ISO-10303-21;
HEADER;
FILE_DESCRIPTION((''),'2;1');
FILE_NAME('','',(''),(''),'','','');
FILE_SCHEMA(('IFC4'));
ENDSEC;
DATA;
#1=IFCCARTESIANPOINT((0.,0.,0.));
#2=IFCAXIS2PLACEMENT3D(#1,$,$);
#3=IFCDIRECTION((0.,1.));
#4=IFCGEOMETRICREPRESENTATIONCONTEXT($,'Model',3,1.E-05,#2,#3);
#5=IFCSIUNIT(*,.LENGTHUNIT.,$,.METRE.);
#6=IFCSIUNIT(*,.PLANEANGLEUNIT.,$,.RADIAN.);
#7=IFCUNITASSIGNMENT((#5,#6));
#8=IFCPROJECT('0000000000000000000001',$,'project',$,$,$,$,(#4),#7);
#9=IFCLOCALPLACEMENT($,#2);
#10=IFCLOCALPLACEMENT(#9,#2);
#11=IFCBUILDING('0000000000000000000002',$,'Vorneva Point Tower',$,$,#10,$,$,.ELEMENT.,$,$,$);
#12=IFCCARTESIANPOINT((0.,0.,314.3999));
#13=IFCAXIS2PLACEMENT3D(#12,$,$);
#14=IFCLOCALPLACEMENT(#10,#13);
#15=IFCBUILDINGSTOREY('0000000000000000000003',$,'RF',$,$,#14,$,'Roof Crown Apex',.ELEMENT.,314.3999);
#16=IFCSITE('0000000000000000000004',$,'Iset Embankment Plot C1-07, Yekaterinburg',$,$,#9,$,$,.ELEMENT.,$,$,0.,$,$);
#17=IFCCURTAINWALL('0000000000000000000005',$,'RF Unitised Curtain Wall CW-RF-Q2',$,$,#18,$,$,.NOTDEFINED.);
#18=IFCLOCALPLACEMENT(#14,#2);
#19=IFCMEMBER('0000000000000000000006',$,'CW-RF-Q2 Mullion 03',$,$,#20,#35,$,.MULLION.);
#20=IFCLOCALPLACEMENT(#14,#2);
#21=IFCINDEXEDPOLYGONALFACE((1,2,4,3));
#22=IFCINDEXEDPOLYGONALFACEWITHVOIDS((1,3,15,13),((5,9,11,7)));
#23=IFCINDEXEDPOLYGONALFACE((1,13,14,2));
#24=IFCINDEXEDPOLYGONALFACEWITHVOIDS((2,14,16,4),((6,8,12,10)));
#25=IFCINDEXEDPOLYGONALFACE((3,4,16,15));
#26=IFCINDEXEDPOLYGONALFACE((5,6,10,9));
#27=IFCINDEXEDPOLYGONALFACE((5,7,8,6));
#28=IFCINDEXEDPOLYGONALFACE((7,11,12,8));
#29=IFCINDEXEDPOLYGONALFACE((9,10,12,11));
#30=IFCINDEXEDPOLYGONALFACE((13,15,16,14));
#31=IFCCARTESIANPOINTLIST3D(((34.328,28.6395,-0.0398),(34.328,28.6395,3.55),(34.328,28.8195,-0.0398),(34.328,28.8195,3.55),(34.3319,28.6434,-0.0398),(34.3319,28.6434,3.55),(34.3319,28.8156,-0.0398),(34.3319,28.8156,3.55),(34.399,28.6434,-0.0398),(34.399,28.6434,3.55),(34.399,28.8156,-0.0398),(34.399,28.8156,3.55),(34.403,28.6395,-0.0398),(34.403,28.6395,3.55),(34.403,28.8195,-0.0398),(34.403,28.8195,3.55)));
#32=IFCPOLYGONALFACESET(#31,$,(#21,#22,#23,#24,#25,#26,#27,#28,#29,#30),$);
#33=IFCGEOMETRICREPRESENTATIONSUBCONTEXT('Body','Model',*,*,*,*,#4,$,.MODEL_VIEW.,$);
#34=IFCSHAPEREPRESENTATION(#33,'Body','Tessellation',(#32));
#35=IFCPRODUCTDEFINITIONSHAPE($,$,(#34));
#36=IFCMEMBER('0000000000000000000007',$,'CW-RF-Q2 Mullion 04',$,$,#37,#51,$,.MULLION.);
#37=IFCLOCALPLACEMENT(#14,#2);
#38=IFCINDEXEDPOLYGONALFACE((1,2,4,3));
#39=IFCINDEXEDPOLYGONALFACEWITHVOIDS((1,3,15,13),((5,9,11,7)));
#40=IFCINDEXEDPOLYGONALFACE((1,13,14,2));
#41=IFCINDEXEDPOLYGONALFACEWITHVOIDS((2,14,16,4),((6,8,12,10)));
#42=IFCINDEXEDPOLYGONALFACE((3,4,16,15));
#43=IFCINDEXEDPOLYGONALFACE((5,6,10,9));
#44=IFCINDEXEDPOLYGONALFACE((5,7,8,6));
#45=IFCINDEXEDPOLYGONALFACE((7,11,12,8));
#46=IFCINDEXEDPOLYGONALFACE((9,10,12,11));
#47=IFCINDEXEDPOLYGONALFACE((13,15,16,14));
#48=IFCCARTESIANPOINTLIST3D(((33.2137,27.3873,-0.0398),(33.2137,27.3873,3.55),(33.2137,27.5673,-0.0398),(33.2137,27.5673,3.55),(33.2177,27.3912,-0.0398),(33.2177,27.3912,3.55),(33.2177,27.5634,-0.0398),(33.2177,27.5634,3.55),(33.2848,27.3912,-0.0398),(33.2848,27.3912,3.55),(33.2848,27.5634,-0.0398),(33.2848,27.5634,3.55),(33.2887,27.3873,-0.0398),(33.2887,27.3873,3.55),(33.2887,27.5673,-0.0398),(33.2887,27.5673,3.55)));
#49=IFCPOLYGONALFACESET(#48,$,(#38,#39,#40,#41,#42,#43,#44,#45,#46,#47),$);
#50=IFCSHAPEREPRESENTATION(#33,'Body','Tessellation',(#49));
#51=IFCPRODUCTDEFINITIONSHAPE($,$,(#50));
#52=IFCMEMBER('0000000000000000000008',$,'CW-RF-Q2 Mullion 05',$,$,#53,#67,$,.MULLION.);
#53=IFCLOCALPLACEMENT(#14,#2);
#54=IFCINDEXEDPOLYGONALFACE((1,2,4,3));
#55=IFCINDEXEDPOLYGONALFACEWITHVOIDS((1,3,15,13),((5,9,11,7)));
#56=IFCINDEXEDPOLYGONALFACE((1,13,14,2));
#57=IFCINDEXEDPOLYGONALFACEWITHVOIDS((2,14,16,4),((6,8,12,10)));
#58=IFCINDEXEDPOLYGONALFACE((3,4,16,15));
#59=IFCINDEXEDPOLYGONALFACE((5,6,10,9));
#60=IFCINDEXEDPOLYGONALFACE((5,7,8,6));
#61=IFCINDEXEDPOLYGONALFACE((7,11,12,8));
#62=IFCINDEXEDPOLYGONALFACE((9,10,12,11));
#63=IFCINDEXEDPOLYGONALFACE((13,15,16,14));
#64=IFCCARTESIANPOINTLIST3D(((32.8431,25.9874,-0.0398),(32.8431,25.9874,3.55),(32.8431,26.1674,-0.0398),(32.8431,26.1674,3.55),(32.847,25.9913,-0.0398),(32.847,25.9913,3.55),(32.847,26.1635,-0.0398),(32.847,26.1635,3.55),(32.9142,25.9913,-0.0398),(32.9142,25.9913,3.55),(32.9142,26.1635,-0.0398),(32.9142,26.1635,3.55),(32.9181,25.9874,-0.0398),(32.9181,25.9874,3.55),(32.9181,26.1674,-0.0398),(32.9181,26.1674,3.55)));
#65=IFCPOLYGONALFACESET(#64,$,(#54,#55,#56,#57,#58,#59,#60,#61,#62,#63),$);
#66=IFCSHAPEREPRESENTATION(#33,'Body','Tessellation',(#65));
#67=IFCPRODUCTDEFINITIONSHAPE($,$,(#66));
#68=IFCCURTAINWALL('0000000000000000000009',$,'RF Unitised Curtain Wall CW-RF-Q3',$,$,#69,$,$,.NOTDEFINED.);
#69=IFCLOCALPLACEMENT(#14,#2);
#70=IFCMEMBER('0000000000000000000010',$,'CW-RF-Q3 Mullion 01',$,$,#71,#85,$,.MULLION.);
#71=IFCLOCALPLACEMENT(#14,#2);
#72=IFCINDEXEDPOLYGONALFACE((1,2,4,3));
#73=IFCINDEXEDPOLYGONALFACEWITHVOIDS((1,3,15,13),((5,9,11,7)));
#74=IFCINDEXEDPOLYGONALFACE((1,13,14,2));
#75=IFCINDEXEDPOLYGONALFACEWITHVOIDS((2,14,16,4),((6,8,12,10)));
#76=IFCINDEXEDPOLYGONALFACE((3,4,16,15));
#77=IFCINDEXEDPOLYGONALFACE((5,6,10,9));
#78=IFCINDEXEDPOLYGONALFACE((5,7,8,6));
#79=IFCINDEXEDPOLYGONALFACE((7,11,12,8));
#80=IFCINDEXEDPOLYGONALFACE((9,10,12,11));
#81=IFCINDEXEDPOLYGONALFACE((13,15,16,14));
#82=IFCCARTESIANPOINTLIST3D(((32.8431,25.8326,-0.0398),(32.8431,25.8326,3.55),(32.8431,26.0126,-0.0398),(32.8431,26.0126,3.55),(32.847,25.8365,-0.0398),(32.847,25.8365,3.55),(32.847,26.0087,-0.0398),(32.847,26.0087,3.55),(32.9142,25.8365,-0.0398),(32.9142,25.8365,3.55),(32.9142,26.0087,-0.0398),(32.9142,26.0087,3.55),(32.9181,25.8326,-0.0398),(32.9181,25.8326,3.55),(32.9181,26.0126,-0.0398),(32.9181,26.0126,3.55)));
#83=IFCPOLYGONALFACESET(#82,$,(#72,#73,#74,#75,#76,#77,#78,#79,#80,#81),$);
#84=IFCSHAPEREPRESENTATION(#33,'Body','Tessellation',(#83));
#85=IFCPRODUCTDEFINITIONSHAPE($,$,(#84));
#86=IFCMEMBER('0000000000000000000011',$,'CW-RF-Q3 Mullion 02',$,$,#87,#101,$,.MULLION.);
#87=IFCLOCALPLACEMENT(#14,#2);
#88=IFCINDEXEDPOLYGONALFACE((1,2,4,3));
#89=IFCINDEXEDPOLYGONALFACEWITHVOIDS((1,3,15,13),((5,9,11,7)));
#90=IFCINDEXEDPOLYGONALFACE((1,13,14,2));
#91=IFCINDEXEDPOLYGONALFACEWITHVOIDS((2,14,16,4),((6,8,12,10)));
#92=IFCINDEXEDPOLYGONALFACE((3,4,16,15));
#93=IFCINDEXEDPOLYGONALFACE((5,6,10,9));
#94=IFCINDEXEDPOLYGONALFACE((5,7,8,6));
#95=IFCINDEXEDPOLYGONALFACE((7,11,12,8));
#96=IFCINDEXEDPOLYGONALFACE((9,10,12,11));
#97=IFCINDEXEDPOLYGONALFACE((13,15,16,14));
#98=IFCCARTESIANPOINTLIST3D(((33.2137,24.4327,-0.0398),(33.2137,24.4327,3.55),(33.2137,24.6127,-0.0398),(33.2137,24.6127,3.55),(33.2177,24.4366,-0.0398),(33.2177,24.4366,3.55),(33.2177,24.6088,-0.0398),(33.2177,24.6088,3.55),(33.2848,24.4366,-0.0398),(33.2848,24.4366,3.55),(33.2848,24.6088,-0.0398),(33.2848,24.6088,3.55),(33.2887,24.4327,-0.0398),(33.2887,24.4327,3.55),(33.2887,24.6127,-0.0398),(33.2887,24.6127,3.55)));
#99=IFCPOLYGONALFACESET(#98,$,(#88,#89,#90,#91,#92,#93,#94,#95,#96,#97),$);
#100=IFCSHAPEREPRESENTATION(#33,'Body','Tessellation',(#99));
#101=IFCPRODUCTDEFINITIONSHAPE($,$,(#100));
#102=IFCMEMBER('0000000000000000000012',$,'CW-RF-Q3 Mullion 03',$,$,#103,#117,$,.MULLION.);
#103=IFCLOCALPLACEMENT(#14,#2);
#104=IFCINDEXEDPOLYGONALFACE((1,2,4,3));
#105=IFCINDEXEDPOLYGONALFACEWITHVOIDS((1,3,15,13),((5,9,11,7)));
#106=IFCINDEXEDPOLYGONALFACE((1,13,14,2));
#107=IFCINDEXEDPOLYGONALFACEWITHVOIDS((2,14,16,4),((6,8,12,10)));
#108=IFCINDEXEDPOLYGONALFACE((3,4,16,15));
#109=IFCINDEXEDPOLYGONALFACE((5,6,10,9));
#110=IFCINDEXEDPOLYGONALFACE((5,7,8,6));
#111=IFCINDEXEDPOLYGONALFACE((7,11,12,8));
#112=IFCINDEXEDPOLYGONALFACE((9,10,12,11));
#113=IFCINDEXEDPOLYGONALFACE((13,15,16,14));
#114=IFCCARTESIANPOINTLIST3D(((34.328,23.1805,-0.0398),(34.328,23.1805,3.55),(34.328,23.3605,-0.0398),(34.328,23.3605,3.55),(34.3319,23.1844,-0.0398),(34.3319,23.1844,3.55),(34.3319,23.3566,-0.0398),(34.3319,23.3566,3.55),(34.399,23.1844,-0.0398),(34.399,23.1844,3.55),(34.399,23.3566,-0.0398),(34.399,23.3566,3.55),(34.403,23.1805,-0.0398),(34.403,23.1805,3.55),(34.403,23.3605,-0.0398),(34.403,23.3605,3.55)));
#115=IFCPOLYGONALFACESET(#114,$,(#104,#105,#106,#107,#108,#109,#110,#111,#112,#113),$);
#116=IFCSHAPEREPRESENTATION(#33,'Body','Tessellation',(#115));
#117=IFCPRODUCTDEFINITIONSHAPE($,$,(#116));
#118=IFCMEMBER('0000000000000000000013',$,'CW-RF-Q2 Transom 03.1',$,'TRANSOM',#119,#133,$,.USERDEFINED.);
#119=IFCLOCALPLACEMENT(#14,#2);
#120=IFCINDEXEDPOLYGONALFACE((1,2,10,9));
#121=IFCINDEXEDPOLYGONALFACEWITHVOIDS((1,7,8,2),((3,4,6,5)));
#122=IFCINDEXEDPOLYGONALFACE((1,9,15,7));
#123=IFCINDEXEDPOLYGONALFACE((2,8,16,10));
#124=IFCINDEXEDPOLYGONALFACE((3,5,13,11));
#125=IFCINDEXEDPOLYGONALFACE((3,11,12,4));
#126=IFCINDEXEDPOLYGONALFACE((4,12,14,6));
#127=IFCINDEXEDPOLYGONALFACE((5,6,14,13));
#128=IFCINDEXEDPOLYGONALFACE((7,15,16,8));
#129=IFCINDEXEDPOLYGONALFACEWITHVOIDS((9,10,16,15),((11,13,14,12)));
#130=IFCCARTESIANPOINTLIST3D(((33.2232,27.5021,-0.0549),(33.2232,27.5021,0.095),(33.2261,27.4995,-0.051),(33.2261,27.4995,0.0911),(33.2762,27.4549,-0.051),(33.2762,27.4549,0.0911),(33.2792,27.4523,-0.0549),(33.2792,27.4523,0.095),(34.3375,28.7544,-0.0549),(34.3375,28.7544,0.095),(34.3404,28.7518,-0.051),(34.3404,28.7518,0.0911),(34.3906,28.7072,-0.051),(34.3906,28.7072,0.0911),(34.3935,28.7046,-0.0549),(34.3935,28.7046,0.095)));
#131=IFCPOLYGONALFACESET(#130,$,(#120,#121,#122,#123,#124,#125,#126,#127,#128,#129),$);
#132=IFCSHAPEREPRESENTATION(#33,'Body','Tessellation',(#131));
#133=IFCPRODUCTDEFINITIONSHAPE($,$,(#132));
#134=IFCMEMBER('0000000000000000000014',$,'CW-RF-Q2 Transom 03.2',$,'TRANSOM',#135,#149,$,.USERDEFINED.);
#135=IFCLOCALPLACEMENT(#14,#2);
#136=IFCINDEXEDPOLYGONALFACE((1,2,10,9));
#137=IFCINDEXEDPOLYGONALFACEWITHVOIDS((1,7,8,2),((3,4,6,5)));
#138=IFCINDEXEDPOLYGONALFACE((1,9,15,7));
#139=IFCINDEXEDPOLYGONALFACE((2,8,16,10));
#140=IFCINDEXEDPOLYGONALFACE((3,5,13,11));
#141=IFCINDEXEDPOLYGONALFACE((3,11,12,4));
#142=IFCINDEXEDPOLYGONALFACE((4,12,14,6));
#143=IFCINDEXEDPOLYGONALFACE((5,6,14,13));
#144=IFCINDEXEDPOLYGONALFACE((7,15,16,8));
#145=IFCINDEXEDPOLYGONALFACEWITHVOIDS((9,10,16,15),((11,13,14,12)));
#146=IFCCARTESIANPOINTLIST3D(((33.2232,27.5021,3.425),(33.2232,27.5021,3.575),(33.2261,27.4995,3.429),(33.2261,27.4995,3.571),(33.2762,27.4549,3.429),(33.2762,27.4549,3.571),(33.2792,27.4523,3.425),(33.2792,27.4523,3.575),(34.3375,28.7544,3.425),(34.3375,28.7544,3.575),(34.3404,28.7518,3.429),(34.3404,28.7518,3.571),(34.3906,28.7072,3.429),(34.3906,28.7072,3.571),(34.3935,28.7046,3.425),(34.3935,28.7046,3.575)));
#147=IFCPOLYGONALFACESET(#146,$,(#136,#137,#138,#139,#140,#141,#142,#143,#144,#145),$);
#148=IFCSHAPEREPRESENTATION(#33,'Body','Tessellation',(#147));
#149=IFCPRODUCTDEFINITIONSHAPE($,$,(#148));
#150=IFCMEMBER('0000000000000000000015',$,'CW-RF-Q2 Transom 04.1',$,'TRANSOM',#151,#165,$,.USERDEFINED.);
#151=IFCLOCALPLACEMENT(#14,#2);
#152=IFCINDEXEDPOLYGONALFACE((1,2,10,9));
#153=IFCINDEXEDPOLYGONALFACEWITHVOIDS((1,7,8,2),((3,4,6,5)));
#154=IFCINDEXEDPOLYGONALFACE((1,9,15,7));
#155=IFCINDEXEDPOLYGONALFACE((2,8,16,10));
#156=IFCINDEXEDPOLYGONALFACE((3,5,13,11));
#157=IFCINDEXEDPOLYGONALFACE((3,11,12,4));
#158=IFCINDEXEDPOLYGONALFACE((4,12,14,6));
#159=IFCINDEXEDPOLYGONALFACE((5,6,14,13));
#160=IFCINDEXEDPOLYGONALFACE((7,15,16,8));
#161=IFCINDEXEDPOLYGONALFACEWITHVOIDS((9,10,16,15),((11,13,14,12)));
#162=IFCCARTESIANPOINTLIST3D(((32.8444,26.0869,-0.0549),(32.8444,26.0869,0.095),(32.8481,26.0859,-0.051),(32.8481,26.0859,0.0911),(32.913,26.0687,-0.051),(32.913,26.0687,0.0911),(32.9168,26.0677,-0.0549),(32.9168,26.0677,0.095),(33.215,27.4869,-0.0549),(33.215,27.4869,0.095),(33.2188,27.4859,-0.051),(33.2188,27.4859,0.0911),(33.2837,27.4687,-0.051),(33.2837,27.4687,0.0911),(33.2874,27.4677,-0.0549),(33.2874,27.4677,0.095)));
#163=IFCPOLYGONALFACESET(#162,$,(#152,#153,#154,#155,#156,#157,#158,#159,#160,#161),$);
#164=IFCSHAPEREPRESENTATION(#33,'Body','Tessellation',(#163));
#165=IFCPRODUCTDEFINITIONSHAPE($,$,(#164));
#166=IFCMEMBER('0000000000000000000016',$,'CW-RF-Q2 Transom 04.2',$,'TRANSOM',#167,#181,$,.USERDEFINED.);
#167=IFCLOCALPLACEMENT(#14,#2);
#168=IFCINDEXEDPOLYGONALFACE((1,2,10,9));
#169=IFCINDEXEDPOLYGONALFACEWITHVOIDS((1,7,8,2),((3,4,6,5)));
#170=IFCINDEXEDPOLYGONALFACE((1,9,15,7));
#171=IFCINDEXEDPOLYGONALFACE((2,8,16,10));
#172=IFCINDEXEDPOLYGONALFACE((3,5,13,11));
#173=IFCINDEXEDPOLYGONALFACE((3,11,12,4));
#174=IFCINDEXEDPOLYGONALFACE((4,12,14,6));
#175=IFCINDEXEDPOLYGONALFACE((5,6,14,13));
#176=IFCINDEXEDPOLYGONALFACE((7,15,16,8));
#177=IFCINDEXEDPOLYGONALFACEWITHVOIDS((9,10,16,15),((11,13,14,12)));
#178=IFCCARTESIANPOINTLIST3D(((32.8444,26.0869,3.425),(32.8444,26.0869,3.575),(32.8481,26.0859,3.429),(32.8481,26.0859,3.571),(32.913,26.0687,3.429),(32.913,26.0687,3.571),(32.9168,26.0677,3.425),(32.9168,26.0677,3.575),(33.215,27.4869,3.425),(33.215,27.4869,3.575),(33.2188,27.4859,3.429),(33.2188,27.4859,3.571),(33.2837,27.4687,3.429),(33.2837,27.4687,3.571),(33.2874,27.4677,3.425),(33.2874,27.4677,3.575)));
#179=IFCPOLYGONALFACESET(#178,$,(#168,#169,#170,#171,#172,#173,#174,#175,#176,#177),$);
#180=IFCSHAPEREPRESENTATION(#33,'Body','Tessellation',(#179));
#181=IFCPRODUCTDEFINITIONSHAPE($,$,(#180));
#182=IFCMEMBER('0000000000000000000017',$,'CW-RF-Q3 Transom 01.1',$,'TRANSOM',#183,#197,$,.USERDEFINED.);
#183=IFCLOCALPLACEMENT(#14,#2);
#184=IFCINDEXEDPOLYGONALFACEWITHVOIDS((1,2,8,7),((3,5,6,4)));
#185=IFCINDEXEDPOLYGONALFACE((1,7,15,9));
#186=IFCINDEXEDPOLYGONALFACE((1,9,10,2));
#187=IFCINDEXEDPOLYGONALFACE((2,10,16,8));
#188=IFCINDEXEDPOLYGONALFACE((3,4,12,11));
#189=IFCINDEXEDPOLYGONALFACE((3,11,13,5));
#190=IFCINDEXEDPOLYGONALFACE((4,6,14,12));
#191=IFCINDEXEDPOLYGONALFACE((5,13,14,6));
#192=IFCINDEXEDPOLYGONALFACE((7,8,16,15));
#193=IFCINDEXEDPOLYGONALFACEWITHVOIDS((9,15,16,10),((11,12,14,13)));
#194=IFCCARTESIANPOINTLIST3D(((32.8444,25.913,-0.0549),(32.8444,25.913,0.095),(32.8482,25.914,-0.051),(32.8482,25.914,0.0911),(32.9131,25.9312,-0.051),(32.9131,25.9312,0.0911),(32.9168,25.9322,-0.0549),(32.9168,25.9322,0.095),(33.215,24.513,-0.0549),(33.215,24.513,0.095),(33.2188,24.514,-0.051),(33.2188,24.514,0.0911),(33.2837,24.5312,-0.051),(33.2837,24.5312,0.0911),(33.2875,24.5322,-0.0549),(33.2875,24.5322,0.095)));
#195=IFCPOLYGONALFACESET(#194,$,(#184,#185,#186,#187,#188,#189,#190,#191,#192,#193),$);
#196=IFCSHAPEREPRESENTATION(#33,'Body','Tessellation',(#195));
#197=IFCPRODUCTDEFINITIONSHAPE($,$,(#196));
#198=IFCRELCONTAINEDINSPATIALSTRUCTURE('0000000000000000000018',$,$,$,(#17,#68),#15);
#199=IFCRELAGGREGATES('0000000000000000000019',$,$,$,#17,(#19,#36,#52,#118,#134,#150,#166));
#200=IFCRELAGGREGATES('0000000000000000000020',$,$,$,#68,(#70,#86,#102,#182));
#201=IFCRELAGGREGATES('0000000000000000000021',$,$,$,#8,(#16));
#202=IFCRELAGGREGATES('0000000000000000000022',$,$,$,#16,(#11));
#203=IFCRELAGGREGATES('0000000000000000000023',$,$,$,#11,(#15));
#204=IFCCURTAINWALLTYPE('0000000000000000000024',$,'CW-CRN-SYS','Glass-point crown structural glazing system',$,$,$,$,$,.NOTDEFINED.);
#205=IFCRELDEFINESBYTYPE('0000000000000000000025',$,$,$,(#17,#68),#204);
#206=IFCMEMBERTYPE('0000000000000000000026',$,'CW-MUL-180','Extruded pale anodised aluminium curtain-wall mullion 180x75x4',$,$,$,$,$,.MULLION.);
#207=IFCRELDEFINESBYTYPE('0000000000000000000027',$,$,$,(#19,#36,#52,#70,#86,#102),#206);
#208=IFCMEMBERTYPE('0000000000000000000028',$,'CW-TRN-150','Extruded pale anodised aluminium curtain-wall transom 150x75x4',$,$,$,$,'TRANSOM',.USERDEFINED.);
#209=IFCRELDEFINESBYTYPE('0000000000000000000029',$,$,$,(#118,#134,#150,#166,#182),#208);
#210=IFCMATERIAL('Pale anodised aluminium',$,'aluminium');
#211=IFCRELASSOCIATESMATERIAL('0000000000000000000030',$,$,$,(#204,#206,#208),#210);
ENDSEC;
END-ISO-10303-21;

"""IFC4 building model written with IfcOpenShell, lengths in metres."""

from ifc_helpers import new_model, si_unit, direction, frame, origin, origin_2d, place, context, subcontext, project, spatial, hollow_rectangle, extrude, material, material_profile, profile_set, type_object, element, aggregate, save


model = new_model("IFC4")

# Units and contexts
model_context = context("Model", 3, precision=1e-05, world=origin(), true_north=direction((0.0, 1.0)))
body_context = subcontext(model_context, "Body", "Model", "MODEL_VIEW")
ifc_project = project(units=[si_unit("LENGTHUNIT", "METRE"), si_unit("PLANEANGLEUNIT", "RADIAN")], contexts=[model_context])

# Site, building, storey
site_placement = place(None, origin())
site = spatial("IfcSite", under=ifc_project, at=site_placement, Name="Iset Embankment Plot C1-07, Yekaterinburg", CompositionType="ELEMENT", RefElevation=0.0)
building_placement = place(site_placement, origin())
building = spatial("IfcBuilding", under=site, at=building_placement, Name="Vorneva Point Tower", CompositionType="ELEMENT")
storey_placement = place(building_placement, frame((0.0, 0.0, 314.3999)))
storey = spatial("IfcBuildingStorey", under=building, at=storey_placement, Name="RF", LongName="Roof Crown Apex", CompositionType="ELEMENT", Elevation=314.3999)

# Curtain walls, members
ifc_material_1 = material(Name="Pale anodised aluminium", Category="aluminium")
curtain_wall_type = type_object("IfcCurtainWallType", Name="CW-CRN-SYS", Description="Glass-point crown structural glazing system", PredefinedType="NOTDEFINED", material=ifc_material_1)
curtain_wall_1_placement = place(storey_placement, origin())
curtain_wall_1 = element("IfcCurtainWall", 1, at=curtain_wall_1_placement, inside=storey, type_object=curtain_wall_type, Name="RF Unitised Curtain Wall CW-RF-Q2", PredefinedType="NOTDEFINED")
ifc_material_profile_1 = material_profile(ifc_material_1, hollow_rectangle(XDim=0.075, YDim=0.1799, WallThickness=0.0039, at=origin_2d()), Name="AL-MUL 180x75x4")
ifc_profile_set_1 = profile_set([ifc_material_profile_1], Name="Pale anodised aluminium")
member_type_1 = type_object("IfcMemberType", Name="CW-MUL-180", Description="Extruded pale anodised aluminium curtain-wall mullion 180x75x4", PredefinedType="MULLION", material=ifc_profile_set_1)
member_1_placement = place(storey_placement, frame((34.3655, 28.7295, -0.0398), z_axis=(0.0, 0.0, 1.0), x_axis=(1.0, 0.0, 0.0)))
member_1 = element("IfcMember", 2, at=member_1_placement, type_object=member_type_1, Name="CW-RF-Q2 Mullion 03", PredefinedType="MULLION", context=body_context, shape_type="SweptSolid", body=[
    extrude(hollow_rectangle(XDim=0.075, YDim=0.1799, WallThickness=0.0039, at=origin_2d()), origin(), (0.0, 0.0, 1.0), 3.5898),
])
member_2_placement = place(storey_placement, frame((33.2512, 27.4773, -0.0398), z_axis=(0.0, 0.0, 1.0), x_axis=(1.0, 0.0, 0.0)))
member_2 = element("IfcMember", 3, at=member_2_placement, type_object=member_type_1, Name="CW-RF-Q2 Mullion 04", PredefinedType="MULLION", context=body_context, shape_type="SweptSolid", body=[
    extrude(hollow_rectangle(XDim=0.075, YDim=0.1799, WallThickness=0.0039, at=origin_2d()), origin(), (0.0, 0.0, 1.0), 3.5898),
])
member_3_placement = place(storey_placement, frame((32.8806, 26.0774, -0.0398), z_axis=(0.0, 0.0, 1.0), x_axis=(1.0, 0.0, 0.0)))
member_3 = element("IfcMember", 4, at=member_3_placement, type_object=member_type_1, Name="CW-RF-Q2 Mullion 05", PredefinedType="MULLION", context=body_context, shape_type="SweptSolid", body=[
    extrude(hollow_rectangle(XDim=0.075, YDim=0.1799, WallThickness=0.0039, at=origin_2d()), origin(), (0.0, 0.0, 1.0), 3.5898),
])
curtain_wall_2_placement = place(storey_placement, origin())
curtain_wall_2 = element("IfcCurtainWall", 5, at=curtain_wall_2_placement, inside=storey, type_object=curtain_wall_type, Name="RF Unitised Curtain Wall CW-RF-Q3", PredefinedType="NOTDEFINED")
member_4_placement = place(storey_placement, frame((32.8806, 25.9226, -0.0398), z_axis=(0.0, 0.0, 1.0), x_axis=(1.0, 0.0, 0.0)))
member_4 = element("IfcMember", 6, at=member_4_placement, type_object=member_type_1, Name="CW-RF-Q3 Mullion 01", PredefinedType="MULLION", context=body_context, shape_type="SweptSolid", body=[
    extrude(hollow_rectangle(XDim=0.075, YDim=0.1799, WallThickness=0.0039, at=origin_2d()), origin(), (0.0, 0.0, 1.0), 3.5898),
])
member_5_placement = place(storey_placement, frame((33.2512, 24.5227, -0.0398), z_axis=(0.0, 0.0, 1.0), x_axis=(1.0, 0.0, 0.0)))
member_5 = element("IfcMember", 7, at=member_5_placement, type_object=member_type_1, Name="CW-RF-Q3 Mullion 02", PredefinedType="MULLION", context=body_context, shape_type="SweptSolid", body=[
    extrude(hollow_rectangle(XDim=0.075, YDim=0.1799, WallThickness=0.0039, at=origin_2d()), origin(), (0.0, 0.0, 1.0), 3.5898),
])
member_6_placement = place(storey_placement, frame((34.3655, 23.2705, -0.0398), z_axis=(0.0, 0.0, 1.0), x_axis=(1.0, 0.0, 0.0)))
member_6 = element("IfcMember", 8, at=member_6_placement, type_object=member_type_1, Name="CW-RF-Q3 Mullion 03", PredefinedType="MULLION", context=body_context, shape_type="SweptSolid", body=[
    extrude(hollow_rectangle(XDim=0.075, YDim=0.1799, WallThickness=0.0039, at=origin_2d()), origin(), (0.0, 0.0, 1.0), 3.5898),
])

# Members
ifc_material_profile_2 = material_profile(ifc_material_1, hollow_rectangle(XDim=0.075, YDim=0.1499, WallThickness=0.0039, at=origin_2d()), Name="AL-TRN 150x75x4")
ifc_profile_set_2 = profile_set([ifc_material_profile_2], Name="Pale anodised aluminium")
member_type_2 = type_object("IfcMemberType", Name="CW-TRN-150", Description="Extruded pale anodised aluminium curtain-wall transom 150x75x4", ElementType="TRANSOM", PredefinedType="USERDEFINED", material=ifc_profile_set_2)
member_7_placement = place(storey_placement, frame((34.3655, 28.7295, 0.02), z_axis=(-0.664762, -0.747056, 0.0), x_axis=(0.747056, -0.664762, 0.0)))
member_7 = element("IfcMember", 9, at=member_7_placement, type_object=member_type_2, Name="CW-RF-Q2 Transom 03.1", ObjectType="TRANSOM", PredefinedType="USERDEFINED", context=body_context, shape_type="SweptSolid", body=[
    extrude(hollow_rectangle(XDim=0.075, YDim=0.1499, WallThickness=0.0039, at=origin_2d()), origin(), (0.0, 0.0, 1.0), 1.6763),
])
member_8_placement = place(storey_placement, frame((34.3655, 28.7295, 3.5), z_axis=(-0.664762, -0.747056, 0.0), x_axis=(0.747056, -0.664762, 0.0)))
member_8 = element("IfcMember", 10, at=member_8_placement, type_object=member_type_2, Name="CW-RF-Q2 Transom 03.2", ObjectType="TRANSOM", PredefinedType="USERDEFINED", context=body_context, shape_type="SweptSolid", body=[
    extrude(hollow_rectangle(XDim=0.075, YDim=0.1499, WallThickness=0.0039, at=origin_2d()), origin(), (0.0, 0.0, 1.0), 1.6763),
])
member_9_placement = place(storey_placement, frame((33.2512, 27.4773, 0.02), z_axis=(-0.25592, -0.966698, 0.0), x_axis=(0.966698, -0.25592, 0.0)))
member_9 = element("IfcMember", 11, at=member_9_placement, type_object=member_type_2, Name="CW-RF-Q2 Transom 04.1", ObjectType="TRANSOM", PredefinedType="USERDEFINED", context=body_context, shape_type="SweptSolid", body=[
    extrude(hollow_rectangle(XDim=0.075, YDim=0.1499, WallThickness=0.0039, at=origin_2d()), origin(), (0.0, 0.0, 1.0), 1.4482),
])
member_10_placement = place(storey_placement, frame((33.2512, 27.4773, 3.5), z_axis=(-0.25592, -0.966698, 0.0), x_axis=(0.966698, -0.25592, 0.0)))
member_10 = element("IfcMember", 12, at=member_10_placement, type_object=member_type_2, Name="CW-RF-Q2 Transom 04.2", ObjectType="TRANSOM", PredefinedType="USERDEFINED", context=body_context, shape_type="SweptSolid", body=[
    extrude(hollow_rectangle(XDim=0.075, YDim=0.1499, WallThickness=0.0039, at=origin_2d()), origin(), (0.0, 0.0, 1.0), 1.4482),
])
member_11_placement = place(storey_placement, frame((32.8806, 25.9226, 0.02), z_axis=(0.25592, -0.966698, 0.0), x_axis=(0.966698, 0.25592, 0.0)))
member_11 = element("IfcMember", 13, at=member_11_placement, type_object=member_type_2, Name="CW-RF-Q3 Transom 01.1", ObjectType="TRANSOM", PredefinedType="USERDEFINED", context=body_context, shape_type="SweptSolid", body=[
    extrude(hollow_rectangle(XDim=0.075, YDim=0.1499, WallThickness=0.0039, at=origin_2d()), origin(), (0.0, 0.0, 1.0), 1.4482),
])

aggregate(curtain_wall_1, [member_1, member_2, member_3, member_7, member_8, member_9, member_10])
aggregate(curtain_wall_2, [member_4, member_5, member_6, member_11])

save(model, "model.ifc")
